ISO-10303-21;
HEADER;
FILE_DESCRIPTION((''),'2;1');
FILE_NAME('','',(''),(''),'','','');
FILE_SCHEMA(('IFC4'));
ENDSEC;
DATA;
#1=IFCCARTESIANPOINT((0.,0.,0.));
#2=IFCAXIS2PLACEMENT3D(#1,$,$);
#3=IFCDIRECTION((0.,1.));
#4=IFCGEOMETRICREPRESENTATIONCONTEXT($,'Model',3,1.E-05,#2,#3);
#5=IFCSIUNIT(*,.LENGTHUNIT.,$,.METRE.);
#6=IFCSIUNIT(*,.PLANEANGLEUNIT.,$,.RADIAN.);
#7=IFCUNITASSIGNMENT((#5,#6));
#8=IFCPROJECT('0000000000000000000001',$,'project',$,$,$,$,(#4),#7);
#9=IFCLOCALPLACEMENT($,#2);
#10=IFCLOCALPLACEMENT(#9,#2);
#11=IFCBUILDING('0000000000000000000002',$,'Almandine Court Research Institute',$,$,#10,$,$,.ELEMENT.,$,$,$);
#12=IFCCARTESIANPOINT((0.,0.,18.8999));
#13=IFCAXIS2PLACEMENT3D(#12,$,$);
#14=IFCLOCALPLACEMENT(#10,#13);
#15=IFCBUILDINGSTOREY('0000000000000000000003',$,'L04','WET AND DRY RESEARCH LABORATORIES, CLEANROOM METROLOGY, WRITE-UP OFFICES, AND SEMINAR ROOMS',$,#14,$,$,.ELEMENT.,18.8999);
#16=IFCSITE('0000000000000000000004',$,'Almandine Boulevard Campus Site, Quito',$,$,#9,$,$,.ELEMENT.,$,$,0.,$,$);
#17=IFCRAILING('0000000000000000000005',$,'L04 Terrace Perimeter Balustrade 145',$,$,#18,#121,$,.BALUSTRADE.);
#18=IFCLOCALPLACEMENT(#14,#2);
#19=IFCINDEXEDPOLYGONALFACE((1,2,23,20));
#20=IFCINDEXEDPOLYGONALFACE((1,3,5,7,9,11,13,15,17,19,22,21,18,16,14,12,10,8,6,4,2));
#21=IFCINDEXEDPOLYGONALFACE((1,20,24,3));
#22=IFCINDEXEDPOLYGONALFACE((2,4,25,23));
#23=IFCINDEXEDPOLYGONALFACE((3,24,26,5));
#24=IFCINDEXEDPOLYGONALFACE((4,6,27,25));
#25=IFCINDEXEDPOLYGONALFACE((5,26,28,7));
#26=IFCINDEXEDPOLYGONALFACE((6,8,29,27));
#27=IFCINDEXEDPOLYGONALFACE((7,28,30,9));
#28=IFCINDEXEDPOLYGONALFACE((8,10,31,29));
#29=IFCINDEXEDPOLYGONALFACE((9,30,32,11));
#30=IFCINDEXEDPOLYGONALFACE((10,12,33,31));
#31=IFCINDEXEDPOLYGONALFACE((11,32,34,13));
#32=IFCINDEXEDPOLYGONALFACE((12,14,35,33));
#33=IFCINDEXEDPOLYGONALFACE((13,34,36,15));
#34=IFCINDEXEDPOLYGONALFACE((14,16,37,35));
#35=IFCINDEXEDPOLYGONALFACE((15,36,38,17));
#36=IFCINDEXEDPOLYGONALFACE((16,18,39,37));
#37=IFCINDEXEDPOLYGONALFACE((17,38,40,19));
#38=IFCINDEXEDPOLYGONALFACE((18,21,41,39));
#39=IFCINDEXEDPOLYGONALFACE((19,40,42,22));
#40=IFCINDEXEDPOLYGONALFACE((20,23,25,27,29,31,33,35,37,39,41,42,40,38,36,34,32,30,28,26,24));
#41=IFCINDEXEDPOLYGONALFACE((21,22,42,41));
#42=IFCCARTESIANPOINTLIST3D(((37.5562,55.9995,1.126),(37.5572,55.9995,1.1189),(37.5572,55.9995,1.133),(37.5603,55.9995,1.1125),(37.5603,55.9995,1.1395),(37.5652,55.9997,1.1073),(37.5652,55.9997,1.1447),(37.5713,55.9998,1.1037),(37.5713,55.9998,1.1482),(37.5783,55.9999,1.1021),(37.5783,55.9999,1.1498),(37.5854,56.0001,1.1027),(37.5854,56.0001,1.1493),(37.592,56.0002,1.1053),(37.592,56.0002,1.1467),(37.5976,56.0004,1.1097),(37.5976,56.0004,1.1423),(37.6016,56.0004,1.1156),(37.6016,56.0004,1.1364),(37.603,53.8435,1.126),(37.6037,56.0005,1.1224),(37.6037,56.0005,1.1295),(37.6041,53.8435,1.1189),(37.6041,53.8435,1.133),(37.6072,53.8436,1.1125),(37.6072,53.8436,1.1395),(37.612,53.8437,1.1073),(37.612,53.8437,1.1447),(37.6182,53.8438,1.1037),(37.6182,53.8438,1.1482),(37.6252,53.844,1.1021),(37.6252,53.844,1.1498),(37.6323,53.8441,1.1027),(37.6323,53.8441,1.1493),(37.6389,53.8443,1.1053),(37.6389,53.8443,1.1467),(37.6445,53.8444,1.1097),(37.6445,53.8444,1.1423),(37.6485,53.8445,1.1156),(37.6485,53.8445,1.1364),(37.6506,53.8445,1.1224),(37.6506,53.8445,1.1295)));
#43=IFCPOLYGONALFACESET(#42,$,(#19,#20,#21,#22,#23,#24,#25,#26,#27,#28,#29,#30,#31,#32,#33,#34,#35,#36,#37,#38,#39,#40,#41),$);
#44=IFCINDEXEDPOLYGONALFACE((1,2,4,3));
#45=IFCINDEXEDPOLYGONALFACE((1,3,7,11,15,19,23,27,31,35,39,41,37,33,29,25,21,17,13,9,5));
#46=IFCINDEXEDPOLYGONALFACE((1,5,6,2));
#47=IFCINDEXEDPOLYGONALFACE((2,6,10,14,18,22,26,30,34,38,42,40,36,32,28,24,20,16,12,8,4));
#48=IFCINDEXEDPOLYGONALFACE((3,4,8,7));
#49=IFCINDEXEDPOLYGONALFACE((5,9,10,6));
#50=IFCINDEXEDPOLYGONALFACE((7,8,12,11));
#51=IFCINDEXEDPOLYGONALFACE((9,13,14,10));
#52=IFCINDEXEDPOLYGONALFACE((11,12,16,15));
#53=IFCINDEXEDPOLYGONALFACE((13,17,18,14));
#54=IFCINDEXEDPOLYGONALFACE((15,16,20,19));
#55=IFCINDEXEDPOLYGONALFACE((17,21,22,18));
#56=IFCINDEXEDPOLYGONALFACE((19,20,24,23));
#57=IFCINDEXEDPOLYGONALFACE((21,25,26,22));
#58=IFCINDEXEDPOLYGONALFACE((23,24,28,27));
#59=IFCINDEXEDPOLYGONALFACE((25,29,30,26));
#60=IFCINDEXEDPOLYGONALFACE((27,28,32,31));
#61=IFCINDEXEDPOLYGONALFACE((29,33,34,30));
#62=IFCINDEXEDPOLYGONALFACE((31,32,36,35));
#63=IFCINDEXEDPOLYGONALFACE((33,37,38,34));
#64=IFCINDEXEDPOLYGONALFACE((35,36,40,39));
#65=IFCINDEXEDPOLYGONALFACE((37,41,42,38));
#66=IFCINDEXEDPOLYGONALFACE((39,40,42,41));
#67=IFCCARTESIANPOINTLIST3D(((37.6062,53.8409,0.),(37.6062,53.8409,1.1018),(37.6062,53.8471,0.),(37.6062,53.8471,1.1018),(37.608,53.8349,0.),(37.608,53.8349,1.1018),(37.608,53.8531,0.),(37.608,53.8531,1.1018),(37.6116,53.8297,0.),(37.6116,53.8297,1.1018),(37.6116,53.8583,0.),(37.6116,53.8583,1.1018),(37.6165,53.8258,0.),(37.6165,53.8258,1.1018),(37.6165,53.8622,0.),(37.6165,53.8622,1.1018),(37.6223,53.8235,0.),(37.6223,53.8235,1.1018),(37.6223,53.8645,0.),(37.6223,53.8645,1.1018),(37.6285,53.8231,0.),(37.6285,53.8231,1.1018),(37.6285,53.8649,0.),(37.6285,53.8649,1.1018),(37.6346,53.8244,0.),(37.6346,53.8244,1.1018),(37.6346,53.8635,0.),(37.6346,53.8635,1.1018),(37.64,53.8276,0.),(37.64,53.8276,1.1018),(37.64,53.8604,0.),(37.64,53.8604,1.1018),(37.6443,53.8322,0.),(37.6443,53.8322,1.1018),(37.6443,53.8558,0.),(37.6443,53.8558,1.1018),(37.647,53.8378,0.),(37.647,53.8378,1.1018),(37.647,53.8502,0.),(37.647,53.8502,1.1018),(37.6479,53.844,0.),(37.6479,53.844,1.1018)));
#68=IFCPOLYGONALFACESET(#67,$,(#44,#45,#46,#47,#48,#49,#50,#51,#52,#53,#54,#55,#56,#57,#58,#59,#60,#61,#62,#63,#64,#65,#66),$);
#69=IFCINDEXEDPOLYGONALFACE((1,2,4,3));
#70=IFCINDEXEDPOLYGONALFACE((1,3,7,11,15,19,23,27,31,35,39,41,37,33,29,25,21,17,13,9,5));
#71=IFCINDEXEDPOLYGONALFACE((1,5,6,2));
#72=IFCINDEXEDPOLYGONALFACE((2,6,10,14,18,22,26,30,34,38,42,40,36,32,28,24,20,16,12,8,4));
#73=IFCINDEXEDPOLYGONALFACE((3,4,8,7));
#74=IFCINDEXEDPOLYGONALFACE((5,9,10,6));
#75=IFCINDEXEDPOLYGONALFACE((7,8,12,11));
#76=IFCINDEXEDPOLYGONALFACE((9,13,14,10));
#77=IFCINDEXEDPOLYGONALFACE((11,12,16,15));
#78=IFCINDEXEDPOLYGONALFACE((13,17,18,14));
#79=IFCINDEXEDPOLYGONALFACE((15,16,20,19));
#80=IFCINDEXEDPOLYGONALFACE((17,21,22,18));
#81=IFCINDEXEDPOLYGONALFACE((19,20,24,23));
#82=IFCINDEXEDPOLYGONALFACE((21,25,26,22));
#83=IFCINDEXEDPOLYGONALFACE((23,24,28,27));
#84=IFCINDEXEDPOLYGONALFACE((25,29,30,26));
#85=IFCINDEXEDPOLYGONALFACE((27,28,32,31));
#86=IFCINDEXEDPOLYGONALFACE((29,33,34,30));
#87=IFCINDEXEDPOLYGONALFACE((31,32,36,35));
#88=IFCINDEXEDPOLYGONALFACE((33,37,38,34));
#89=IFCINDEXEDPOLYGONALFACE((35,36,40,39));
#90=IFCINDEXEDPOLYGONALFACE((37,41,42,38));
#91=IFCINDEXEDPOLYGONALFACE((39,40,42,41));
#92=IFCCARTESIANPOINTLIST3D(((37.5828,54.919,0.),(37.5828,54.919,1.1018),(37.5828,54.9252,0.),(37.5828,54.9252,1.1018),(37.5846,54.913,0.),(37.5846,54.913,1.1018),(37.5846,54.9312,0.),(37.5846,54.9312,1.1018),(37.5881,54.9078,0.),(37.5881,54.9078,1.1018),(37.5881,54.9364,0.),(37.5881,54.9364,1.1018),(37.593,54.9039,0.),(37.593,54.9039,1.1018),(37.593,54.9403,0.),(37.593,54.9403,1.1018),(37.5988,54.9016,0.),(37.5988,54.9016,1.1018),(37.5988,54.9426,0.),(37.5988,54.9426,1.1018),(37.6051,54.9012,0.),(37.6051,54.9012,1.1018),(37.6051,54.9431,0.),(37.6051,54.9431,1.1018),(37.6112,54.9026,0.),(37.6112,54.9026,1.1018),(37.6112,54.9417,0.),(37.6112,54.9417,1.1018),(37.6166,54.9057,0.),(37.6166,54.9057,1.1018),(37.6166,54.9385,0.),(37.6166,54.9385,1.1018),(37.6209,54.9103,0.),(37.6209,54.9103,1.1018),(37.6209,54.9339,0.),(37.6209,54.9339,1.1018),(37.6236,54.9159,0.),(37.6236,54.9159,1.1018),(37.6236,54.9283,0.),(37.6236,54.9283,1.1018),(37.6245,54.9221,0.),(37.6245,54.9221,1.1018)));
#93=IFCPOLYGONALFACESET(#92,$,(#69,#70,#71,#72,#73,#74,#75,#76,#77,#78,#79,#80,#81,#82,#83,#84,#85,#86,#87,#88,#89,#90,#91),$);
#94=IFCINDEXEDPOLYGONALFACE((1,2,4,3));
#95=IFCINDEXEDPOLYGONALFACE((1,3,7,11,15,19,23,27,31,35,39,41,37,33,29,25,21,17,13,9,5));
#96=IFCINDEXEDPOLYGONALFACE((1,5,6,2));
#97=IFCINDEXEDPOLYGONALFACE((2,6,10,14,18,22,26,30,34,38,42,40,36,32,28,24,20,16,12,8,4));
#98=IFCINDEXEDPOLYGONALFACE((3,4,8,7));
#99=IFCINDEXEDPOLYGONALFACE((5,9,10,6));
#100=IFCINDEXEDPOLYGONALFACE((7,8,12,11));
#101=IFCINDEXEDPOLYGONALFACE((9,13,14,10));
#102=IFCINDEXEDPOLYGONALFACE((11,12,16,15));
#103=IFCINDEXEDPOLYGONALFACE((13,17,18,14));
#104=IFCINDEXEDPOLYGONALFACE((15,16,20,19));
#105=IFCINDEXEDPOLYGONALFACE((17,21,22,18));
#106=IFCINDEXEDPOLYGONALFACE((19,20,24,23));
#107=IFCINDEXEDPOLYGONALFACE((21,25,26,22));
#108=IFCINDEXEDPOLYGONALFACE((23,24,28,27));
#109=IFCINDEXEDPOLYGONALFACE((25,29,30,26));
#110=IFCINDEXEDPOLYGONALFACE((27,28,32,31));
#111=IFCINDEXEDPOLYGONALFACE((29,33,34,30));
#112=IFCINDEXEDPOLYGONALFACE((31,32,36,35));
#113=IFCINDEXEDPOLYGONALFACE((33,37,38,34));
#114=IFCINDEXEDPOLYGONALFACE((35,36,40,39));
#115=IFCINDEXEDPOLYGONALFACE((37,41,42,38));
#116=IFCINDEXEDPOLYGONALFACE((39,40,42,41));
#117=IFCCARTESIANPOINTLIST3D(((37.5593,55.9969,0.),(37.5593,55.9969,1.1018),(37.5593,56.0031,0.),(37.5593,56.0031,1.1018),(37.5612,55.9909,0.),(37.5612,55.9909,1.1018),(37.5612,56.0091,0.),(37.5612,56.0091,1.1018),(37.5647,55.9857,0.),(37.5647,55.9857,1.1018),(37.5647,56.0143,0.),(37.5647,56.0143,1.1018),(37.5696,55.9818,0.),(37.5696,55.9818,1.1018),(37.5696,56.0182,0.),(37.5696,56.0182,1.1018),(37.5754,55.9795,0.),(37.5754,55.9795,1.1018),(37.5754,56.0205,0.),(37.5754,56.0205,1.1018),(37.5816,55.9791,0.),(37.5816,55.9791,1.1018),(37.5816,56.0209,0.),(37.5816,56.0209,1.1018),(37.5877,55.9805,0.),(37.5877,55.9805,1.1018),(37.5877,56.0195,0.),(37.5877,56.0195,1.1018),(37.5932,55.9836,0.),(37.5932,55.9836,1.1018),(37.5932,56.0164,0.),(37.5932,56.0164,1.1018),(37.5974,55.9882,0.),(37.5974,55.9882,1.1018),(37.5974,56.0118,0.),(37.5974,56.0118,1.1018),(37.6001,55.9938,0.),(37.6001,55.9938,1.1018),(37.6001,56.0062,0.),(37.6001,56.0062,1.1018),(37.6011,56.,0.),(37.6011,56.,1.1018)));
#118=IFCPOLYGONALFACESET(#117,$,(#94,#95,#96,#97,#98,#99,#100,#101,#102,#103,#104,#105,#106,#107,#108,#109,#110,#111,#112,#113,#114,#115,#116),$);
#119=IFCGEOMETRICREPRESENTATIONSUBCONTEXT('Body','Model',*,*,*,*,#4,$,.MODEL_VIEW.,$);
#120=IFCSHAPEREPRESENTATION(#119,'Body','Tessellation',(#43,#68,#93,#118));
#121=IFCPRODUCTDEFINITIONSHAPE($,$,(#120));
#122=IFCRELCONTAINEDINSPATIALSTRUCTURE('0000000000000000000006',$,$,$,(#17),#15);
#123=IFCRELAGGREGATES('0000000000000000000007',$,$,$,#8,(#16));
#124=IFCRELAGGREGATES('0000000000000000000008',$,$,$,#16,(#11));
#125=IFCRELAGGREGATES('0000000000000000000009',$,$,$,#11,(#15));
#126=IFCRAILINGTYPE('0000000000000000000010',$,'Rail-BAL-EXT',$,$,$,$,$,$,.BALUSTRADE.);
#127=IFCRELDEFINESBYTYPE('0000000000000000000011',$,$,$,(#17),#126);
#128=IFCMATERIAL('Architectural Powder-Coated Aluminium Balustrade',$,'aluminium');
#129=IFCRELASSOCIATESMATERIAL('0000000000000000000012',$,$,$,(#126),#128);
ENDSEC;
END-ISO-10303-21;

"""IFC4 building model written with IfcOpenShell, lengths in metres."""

from ifc_helpers import new_model, si_unit, direction, frame, origin, origin_2d, place, context, subcontext, project, spatial, circle, extrude, material, type_object, element, save


model = new_model("IFC4")

# Units and contexts
model_context = context("Model", 3, precision=1e-05, world=origin(), true_north=direction((0.0, 1.0)))
body_context = subcontext(model_context, "Body", "Model", "MODEL_VIEW")
ifc_project = project(units=[si_unit("LENGTHUNIT", "METRE"), si_unit("PLANEANGLEUNIT", "RADIAN")], contexts=[model_context])

# Site, building, storey
site_placement = place(None, origin())
site = spatial("IfcSite", under=ifc_project, at=site_placement, Name="Almandine Boulevard Campus Site, Quito", CompositionType="ELEMENT", RefElevation=0.0)
building_placement = place(site_placement, origin())
building = spatial("IfcBuilding", under=site, at=building_placement, Name="Almandine Court Research Institute", CompositionType="ELEMENT")
storey_placement = place(building_placement, frame((0.0, 0.0, 18.8999)))
storey = spatial("IfcBuildingStorey", under=building, at=storey_placement, Name="L04", Description="WET AND DRY RESEARCH LABORATORIES, CLEANROOM METROLOGY, WRITE-UP OFFICES, AND SEMINAR ROOMS", CompositionType="ELEMENT", Elevation=18.8999)

# Railing
ifc_material_1 = material(Name="Architectural Powder-Coated Aluminium Balustrade", Category="aluminium")
railing_type = type_object("IfcRailingType", Name="Rail-BAL-EXT", PredefinedType="BALUSTRADE", material=ifc_material_1)
railing_1_placement = place(storey_placement, frame((37.627, 53.844, 0.0)))
element("IfcRailing", 1, at=railing_1_placement, inside=storey, type_object=railing_type, Name="L04 Terrace Perimeter Balustrade 145", PredefinedType="BALUSTRADE", context=body_context, shape_type="SweptSolid", body=[
    extrude(circle(Radius=0.0239, at=origin_2d()), frame((0.0, 0.0, 1.126), z_axis=(-0.021736, 0.999764, 0.0), x_axis=(-0.999764, -0.021736, 0.0)), (0.0, 0.0, 1.0), 2.1565),
    extrude(circle(Radius=0.021, at=origin_2d()), origin(), (0.0, 0.0, 1.0), 1.1018),
    extrude(circle(Radius=0.021, at=origin_2d()), frame((-0.0234, 1.0781, 0.0)), (0.0, 0.0, 1.0), 1.1018),
    extrude(circle(Radius=0.021, at=origin_2d()), frame((-0.0469, 2.156, 0.0)), (0.0, 0.0, 1.0), 1.1018),
])

save(model, "model.ifc")
